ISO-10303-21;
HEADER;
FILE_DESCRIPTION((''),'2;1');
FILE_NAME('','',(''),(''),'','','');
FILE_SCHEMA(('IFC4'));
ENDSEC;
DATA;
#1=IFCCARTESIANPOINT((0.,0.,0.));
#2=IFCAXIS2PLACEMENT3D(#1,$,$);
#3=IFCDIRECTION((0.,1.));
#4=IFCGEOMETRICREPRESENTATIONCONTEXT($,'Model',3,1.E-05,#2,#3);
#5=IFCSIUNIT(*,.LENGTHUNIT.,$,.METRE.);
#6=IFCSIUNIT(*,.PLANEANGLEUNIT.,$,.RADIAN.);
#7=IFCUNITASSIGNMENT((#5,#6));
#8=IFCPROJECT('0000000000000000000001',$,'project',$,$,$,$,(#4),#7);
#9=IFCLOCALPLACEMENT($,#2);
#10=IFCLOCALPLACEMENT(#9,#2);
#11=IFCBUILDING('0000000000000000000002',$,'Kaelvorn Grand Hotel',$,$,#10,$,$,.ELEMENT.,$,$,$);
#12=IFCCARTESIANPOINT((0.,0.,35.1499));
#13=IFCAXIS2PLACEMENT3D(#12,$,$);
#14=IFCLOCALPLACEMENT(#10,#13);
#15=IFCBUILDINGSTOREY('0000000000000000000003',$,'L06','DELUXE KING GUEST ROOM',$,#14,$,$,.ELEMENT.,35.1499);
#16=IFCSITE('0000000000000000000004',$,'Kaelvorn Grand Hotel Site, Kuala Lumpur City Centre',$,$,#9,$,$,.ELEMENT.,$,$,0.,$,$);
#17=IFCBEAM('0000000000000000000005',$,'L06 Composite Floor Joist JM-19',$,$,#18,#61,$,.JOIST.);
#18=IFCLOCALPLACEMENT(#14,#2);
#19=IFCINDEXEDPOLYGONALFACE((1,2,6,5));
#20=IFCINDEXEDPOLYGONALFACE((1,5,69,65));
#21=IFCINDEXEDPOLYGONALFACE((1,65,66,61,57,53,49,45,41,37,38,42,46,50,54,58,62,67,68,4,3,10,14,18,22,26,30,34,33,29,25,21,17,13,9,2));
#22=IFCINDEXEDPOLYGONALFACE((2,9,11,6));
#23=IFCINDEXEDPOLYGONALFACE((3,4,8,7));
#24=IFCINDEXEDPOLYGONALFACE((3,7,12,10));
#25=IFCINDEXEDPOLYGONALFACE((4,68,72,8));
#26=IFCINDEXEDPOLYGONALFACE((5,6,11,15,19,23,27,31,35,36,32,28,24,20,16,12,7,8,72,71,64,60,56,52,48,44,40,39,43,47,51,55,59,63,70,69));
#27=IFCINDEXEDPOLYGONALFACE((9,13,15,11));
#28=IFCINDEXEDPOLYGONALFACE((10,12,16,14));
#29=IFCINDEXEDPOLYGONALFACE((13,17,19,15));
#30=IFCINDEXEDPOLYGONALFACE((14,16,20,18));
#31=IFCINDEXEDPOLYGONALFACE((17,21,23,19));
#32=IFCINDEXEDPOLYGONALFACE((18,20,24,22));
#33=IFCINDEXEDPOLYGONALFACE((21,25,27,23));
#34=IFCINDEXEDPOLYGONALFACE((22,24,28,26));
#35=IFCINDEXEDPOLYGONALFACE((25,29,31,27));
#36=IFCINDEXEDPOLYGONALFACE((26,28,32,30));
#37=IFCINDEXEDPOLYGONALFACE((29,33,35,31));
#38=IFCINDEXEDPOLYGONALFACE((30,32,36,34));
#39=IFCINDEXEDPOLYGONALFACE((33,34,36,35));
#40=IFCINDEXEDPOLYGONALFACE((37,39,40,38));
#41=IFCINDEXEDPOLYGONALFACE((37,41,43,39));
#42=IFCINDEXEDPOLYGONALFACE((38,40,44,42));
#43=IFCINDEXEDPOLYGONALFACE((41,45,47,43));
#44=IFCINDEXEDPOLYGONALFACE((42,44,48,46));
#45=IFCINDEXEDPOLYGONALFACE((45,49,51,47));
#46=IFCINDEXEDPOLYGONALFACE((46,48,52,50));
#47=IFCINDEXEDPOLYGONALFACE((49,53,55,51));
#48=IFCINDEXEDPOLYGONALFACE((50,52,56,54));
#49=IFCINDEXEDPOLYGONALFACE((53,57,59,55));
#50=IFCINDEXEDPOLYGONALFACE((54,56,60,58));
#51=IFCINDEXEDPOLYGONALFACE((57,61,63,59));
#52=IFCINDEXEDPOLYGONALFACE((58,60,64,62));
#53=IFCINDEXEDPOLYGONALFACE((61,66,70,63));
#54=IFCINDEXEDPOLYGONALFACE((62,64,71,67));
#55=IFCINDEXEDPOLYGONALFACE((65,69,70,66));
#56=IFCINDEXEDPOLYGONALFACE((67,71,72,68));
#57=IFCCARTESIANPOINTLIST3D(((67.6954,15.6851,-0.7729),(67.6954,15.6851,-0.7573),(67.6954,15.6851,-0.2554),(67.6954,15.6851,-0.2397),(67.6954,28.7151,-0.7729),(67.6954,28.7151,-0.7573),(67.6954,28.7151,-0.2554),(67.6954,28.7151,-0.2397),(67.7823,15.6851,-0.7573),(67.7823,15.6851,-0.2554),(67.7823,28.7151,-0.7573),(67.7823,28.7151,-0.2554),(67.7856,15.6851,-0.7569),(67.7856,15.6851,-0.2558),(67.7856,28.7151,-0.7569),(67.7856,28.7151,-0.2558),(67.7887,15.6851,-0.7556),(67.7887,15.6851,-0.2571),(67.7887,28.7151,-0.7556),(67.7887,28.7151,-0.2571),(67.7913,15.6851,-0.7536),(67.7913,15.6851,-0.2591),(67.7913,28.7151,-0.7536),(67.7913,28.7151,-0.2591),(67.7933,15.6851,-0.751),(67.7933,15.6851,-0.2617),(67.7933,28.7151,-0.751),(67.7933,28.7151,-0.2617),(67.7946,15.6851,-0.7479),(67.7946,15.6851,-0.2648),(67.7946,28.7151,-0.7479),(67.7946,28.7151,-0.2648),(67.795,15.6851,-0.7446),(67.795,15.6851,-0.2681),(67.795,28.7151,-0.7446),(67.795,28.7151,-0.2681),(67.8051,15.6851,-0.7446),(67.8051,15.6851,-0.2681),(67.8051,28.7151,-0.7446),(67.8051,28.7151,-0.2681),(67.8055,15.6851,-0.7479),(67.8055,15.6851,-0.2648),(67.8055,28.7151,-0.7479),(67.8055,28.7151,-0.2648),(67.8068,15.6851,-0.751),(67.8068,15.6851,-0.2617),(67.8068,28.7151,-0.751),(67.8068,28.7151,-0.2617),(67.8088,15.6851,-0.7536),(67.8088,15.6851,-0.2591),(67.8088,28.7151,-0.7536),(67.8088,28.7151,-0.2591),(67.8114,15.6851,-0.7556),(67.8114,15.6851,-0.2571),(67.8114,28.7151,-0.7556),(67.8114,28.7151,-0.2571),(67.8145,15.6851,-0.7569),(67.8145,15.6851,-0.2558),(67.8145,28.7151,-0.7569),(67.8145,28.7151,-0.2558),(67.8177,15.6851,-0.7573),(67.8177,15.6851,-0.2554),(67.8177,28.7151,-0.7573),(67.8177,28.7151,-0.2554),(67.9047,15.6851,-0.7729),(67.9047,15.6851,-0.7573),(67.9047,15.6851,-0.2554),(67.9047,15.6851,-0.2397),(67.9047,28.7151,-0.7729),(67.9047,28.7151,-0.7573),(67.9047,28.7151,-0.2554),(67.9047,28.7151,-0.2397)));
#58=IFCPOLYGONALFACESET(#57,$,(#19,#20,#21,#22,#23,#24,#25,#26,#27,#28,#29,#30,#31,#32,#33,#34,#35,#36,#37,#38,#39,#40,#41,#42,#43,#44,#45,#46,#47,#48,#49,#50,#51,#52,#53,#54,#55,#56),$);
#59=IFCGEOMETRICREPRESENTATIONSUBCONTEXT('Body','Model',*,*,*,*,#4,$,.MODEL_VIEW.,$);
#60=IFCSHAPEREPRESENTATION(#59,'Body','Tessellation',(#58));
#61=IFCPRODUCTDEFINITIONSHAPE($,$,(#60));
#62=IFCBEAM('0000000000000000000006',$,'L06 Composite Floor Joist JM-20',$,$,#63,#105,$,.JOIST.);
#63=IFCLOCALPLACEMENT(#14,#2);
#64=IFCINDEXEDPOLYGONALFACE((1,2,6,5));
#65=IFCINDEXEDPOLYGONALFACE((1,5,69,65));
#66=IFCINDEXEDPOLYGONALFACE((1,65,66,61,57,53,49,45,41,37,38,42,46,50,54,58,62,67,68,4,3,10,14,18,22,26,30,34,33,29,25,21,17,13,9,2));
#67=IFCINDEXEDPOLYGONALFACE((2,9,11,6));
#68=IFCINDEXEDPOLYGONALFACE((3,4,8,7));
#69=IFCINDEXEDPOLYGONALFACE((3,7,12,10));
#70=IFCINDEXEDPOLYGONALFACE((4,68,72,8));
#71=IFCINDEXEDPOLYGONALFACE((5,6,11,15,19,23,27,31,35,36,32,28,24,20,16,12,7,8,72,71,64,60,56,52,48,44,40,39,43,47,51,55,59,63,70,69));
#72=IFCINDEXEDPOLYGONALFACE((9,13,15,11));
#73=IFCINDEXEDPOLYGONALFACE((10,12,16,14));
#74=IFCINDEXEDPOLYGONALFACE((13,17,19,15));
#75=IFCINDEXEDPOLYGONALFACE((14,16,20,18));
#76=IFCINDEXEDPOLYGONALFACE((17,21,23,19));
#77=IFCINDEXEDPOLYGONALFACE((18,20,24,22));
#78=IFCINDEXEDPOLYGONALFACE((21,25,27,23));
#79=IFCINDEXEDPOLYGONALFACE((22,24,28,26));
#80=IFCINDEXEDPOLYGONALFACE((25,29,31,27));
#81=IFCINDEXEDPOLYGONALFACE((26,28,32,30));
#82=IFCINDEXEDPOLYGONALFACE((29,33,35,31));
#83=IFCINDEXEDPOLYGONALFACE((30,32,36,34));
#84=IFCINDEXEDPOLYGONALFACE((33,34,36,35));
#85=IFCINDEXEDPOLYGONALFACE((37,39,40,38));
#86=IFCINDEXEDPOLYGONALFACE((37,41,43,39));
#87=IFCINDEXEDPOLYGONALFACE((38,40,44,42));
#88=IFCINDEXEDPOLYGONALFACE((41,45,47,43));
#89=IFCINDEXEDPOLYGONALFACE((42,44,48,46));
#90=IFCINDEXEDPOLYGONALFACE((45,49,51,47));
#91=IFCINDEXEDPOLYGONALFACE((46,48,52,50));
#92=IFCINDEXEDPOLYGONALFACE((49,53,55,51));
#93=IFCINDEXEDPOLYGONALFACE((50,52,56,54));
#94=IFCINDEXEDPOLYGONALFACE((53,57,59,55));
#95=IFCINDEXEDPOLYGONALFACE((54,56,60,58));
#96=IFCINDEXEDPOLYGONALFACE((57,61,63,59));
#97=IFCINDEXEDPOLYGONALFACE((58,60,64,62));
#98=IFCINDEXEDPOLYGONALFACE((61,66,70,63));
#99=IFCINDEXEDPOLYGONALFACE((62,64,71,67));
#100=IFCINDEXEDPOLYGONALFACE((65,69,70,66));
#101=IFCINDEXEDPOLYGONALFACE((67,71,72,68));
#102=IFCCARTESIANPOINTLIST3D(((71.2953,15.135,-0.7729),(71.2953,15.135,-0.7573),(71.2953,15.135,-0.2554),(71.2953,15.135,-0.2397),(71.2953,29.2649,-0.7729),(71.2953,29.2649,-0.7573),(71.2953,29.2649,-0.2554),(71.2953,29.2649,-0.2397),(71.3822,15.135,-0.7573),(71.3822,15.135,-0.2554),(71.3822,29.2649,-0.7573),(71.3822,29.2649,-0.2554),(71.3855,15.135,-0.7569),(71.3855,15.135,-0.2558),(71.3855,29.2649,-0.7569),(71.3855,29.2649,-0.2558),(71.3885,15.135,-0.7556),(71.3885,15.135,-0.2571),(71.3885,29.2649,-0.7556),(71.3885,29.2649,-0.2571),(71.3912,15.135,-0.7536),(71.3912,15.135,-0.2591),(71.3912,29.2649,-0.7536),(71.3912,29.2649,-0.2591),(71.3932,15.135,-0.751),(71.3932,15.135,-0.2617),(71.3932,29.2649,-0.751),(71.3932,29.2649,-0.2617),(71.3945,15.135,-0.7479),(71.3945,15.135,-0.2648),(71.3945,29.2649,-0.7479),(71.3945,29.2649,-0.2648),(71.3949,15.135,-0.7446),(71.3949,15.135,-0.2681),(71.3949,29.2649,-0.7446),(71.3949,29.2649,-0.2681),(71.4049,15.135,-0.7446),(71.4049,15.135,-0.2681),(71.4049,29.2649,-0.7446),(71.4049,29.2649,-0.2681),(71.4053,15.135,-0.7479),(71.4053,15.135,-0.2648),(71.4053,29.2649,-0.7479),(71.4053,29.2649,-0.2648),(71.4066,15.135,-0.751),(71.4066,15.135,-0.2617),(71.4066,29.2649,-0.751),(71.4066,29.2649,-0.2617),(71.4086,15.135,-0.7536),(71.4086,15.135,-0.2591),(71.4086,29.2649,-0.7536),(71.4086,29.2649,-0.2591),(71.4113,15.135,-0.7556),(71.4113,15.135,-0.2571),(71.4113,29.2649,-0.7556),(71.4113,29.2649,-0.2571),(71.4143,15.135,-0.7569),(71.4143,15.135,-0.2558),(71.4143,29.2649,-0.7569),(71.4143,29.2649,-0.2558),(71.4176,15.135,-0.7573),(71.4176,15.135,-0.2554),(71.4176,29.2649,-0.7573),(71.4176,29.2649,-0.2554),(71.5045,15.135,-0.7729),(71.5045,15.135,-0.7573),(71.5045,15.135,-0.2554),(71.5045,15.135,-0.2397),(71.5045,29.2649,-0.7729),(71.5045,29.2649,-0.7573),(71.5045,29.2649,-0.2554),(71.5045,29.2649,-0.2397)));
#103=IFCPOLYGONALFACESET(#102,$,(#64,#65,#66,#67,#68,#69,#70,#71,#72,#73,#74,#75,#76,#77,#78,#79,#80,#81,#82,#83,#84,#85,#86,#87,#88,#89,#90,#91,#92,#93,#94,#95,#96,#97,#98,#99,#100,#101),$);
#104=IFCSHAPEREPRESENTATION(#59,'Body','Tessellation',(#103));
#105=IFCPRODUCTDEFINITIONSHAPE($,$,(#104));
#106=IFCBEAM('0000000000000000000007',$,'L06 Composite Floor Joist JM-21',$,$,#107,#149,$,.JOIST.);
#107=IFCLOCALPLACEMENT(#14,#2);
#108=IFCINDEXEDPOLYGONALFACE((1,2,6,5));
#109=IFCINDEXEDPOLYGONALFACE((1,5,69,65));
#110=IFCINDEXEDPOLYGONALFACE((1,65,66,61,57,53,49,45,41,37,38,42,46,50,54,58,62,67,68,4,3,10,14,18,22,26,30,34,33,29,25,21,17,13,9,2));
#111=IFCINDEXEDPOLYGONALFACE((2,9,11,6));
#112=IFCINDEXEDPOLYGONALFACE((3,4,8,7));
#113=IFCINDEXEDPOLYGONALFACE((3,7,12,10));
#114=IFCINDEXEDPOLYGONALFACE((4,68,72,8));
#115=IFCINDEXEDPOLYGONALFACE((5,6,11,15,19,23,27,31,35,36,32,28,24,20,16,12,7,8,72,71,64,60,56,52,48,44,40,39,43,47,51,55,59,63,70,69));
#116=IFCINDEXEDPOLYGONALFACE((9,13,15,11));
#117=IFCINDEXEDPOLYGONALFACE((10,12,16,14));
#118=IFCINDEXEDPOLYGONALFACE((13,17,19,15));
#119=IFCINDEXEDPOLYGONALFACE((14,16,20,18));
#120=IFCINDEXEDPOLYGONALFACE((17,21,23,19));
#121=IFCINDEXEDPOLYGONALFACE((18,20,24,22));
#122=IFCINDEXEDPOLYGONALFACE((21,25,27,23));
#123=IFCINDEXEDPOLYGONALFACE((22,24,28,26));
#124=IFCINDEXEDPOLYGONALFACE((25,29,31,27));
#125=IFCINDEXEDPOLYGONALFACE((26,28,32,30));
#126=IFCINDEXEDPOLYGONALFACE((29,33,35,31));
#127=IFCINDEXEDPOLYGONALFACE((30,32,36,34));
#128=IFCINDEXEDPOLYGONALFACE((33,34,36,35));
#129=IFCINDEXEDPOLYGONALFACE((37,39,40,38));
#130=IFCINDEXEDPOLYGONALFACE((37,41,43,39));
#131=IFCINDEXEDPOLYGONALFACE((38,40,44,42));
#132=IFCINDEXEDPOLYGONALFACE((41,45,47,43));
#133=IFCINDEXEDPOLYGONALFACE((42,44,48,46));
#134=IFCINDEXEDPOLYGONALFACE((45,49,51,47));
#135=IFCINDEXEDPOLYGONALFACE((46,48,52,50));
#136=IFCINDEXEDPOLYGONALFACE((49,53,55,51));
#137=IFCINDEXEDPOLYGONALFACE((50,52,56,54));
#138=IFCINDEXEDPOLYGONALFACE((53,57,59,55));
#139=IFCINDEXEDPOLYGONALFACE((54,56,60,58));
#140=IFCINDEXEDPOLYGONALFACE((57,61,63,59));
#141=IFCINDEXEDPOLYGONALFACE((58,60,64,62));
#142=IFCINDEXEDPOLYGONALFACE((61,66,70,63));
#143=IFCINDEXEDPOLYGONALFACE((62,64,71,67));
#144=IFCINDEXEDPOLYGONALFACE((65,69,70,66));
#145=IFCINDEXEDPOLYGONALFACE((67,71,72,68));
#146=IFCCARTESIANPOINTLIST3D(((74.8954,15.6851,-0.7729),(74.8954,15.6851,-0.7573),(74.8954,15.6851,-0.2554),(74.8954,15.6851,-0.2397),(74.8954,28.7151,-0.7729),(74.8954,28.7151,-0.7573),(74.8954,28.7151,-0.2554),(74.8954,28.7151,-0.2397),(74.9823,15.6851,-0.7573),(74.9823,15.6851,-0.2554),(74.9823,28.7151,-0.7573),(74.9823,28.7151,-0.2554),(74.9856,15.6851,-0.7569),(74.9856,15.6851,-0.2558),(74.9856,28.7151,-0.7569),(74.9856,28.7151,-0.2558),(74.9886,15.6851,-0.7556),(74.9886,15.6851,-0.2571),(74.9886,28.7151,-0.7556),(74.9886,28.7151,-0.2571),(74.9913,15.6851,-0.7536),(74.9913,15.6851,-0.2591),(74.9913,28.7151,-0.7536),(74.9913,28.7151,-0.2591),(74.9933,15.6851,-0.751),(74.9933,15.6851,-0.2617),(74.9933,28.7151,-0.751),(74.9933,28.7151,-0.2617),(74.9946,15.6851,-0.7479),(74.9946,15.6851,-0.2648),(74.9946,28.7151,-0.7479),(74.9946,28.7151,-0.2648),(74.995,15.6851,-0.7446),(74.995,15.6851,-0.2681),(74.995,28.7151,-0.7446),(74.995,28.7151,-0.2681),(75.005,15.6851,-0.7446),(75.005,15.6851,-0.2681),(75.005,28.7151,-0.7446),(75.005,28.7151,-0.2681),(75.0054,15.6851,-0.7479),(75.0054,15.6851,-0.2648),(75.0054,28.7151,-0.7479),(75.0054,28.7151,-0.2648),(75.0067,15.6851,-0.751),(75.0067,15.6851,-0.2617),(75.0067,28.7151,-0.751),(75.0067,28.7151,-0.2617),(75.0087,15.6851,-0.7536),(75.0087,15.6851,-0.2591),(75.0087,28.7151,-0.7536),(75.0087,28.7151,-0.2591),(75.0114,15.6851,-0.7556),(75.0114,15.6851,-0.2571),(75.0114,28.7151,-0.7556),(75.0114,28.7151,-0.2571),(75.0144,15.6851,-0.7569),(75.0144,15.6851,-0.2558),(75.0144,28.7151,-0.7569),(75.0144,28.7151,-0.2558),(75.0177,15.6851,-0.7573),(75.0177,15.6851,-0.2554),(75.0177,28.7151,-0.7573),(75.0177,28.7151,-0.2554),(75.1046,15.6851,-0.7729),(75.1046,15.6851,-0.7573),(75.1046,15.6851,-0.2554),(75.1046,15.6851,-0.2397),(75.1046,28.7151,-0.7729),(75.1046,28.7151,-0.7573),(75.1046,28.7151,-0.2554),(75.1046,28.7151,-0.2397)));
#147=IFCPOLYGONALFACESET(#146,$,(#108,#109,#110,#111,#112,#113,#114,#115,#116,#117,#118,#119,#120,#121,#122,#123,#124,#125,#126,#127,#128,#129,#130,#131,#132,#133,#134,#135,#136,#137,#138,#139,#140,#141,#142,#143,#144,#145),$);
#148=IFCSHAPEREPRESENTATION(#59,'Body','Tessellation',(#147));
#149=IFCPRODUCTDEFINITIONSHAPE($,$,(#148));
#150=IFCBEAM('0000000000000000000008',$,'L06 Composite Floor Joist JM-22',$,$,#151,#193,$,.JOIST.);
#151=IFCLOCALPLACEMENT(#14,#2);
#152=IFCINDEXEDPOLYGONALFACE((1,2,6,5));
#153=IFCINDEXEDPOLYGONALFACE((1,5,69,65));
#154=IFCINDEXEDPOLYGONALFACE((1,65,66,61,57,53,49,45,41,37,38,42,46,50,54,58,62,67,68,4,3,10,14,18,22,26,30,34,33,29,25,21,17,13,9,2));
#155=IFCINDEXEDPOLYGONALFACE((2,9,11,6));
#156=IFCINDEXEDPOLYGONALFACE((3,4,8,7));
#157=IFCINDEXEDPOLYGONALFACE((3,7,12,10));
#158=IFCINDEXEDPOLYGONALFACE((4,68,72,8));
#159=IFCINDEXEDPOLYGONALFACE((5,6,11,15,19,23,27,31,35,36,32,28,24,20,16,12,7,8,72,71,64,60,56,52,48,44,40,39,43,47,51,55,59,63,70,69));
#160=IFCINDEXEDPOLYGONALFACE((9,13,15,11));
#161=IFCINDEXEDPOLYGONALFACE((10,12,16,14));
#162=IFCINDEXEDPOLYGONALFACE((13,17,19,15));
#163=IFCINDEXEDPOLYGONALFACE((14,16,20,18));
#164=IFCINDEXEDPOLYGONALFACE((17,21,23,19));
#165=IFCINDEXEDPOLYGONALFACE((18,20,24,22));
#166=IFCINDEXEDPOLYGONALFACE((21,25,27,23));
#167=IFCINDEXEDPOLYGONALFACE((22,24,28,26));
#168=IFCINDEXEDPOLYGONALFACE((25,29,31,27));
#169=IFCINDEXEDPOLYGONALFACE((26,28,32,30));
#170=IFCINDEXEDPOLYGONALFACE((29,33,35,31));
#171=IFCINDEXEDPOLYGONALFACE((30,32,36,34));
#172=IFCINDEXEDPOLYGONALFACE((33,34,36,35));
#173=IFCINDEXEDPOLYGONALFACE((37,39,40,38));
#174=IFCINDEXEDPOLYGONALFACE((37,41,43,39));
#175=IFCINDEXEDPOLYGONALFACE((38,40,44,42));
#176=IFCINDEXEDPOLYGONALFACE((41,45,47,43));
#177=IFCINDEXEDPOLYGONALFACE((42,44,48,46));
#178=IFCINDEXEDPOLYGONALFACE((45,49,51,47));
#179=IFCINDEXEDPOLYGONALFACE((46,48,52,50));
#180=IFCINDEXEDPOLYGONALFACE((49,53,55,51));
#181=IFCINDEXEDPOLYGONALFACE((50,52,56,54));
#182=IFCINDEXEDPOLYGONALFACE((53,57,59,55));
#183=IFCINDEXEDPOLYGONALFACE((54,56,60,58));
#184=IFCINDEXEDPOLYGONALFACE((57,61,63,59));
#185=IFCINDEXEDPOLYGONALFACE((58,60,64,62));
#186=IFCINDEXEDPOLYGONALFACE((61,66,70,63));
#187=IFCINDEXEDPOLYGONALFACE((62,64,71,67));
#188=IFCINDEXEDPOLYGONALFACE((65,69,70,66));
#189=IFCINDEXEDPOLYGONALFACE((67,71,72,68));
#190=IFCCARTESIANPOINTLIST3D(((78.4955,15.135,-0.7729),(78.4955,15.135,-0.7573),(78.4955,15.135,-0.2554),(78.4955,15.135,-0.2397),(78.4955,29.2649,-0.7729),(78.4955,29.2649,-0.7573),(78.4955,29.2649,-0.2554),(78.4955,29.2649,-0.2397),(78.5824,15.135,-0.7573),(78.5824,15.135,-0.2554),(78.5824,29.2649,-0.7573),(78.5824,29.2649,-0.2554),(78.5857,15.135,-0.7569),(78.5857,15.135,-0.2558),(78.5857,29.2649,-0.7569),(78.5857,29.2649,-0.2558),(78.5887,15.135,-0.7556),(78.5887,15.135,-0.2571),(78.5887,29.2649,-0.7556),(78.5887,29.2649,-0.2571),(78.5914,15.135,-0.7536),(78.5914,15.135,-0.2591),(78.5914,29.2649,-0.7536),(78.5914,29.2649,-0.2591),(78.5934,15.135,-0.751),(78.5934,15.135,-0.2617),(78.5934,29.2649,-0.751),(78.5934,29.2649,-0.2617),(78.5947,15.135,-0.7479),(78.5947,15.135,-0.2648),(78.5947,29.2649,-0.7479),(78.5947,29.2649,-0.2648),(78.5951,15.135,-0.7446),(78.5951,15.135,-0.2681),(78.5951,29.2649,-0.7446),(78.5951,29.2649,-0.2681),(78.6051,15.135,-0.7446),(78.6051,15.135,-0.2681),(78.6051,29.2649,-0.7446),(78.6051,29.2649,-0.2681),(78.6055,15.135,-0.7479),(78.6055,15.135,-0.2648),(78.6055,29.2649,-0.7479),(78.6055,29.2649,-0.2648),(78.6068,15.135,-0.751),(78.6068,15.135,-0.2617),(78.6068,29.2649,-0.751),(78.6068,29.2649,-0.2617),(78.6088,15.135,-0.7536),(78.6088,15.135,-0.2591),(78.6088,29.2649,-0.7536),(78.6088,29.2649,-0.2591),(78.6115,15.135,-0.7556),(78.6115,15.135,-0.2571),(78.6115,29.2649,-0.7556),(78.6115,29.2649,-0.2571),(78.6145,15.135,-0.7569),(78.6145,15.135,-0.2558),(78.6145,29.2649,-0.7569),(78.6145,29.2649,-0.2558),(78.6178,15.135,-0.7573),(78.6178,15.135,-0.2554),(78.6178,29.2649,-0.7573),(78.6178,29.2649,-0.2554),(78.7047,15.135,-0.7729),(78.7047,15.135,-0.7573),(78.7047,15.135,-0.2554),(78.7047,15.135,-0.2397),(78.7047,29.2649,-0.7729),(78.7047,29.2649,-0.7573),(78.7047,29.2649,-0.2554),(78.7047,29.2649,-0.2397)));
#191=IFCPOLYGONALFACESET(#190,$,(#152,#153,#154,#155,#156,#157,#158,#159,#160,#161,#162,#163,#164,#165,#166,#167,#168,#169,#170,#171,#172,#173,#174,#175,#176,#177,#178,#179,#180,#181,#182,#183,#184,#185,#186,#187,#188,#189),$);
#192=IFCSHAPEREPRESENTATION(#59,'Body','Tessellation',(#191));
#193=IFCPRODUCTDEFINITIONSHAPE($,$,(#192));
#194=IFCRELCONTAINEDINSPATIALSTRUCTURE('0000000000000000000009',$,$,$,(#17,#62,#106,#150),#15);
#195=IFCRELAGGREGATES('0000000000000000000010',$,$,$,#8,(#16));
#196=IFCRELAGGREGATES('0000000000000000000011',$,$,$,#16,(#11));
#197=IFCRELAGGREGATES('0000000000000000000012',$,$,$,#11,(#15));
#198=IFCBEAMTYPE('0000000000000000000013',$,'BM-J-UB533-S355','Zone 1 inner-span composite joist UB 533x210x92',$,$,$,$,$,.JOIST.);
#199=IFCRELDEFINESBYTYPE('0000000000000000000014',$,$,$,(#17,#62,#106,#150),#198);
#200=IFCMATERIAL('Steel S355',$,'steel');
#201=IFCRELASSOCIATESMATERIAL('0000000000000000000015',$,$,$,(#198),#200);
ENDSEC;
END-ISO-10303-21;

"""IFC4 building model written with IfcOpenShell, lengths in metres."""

from ifc_helpers import new_model, si_unit, direction, frame, origin, origin_2d, place, context, subcontext, project, spatial, i_section, extrude, material, material_profile, profile_set, type_object, element, save


model = new_model("IFC4")

# Units and contexts
model_context = context("Model", 3, precision=1e-05, world=origin(), true_north=direction((0.0, 1.0)))
body_context = subcontext(model_context, "Body", "Model", "MODEL_VIEW")
ifc_project = project(units=[si_unit("LENGTHUNIT", "METRE"), si_unit("PLANEANGLEUNIT", "RADIAN")], contexts=[model_context])

# Site, building, storey
site_placement = place(None, origin())
site = spatial("IfcSite", under=ifc_project, at=site_placement, Name="Kaelvorn Grand Hotel Site, Kuala Lumpur City Centre", CompositionType="ELEMENT", RefElevation=0.0)
building_placement = place(site_placement, origin())
building = spatial("IfcBuilding", under=site, at=building_placement, Name="Kaelvorn Grand Hotel", CompositionType="ELEMENT")
storey_placement = place(building_placement, frame((0.0, 0.0, 35.1499)))
storey = spatial("IfcBuildingStorey", under=building, at=storey_placement, Name="L06", Description="DELUXE KING GUEST ROOM", CompositionType="ELEMENT", Elevation=35.1499)

# Beams
ifc_material_1 = material(Name="Steel S355", Category="steel")
ifc_material_profile_1 = material_profile(ifc_material_1, i_section(OverallWidth=0.2092, OverallDepth=0.5332, WebThickness=0.01, FlangeThickness=0.0156, FilletRadius=0.0127, at=origin_2d()), Name="UB 533x210x92")
ifc_profile_set_1 = profile_set([ifc_material_profile_1], Name="Steel S355")
beam_type_1 = type_object("IfcBeamType", Name="BM-J-UB533-S355", Description="Zone 1 inner-span composite joist UB 533x210x92", PredefinedType="JOIST", material=ifc_profile_set_1)
beam_1_placement = place(storey_placement, frame((67.8, 15.6851, -0.5063), z_axis=(0.0, 1.0, 0.0), x_axis=(-1.0, 0.0, 0.0)))
element("IfcBeam", 1, at=beam_1_placement, inside=storey, type_object=beam_type_1, Name="L06 Composite Floor Joist JM-19", PredefinedType="JOIST", context=body_context, shape_type="SweptSolid", body=[
    extrude(i_section(OverallWidth=0.2092, OverallDepth=0.5332, WebThickness=0.01, FlangeThickness=0.0156, FilletRadius=0.0127, at=origin_2d()), origin(), (0.0, 0.0, 1.0), 13.03),
])
beam_2_placement = place(storey_placement, frame((71.3999, 15.135, -0.5063), z_axis=(0.0, 1.0, 0.0), x_axis=(-1.0, 0.0, 0.0)))
element("IfcBeam", 2, at=beam_2_placement, inside=storey, type_object=beam_type_1, Name="L06 Composite Floor Joist JM-20", PredefinedType="JOIST", context=body_context, shape_type="SweptSolid", body=[
    extrude(i_section(OverallWidth=0.2092, OverallDepth=0.5332, WebThickness=0.01, FlangeThickness=0.0156, FilletRadius=0.0127, at=origin_2d()), origin(), (0.0, 0.0, 1.0), 14.1299),
])
beam_3_placement = place(storey_placement, frame((75.0, 15.6851, -0.5063), z_axis=(0.0, 1.0, 0.0), x_axis=(-1.0, 0.0, 0.0)))
element("IfcBeam", 3, at=beam_3_placement, inside=storey, type_object=beam_type_1, Name="L06 Composite Floor Joist JM-21", PredefinedType="JOIST", context=body_context, shape_type="SweptSolid", body=[
    extrude(i_section(OverallWidth=0.2092, OverallDepth=0.5332, WebThickness=0.01, FlangeThickness=0.0156, FilletRadius=0.0127, at=origin_2d()), origin(), (0.0, 0.0, 1.0), 13.03),
])
beam_4_placement = place(storey_placement, frame((78.6001, 15.135, -0.5063), z_axis=(0.0, 1.0, 0.0), x_axis=(-1.0, 0.0, 0.0)))
element("IfcBeam", 4, at=beam_4_placement, inside=storey, type_object=beam_type_1, Name="L06 Composite Floor Joist JM-22", PredefinedType="JOIST", context=body_context, shape_type="SweptSolid", body=[
    extrude(i_section(OverallWidth=0.2092, OverallDepth=0.5332, WebThickness=0.01, FlangeThickness=0.0156, FilletRadius=0.0127, at=origin_2d()), origin(), (0.0, 0.0, 1.0), 14.1299),
])

save(model, "model.ifc")
